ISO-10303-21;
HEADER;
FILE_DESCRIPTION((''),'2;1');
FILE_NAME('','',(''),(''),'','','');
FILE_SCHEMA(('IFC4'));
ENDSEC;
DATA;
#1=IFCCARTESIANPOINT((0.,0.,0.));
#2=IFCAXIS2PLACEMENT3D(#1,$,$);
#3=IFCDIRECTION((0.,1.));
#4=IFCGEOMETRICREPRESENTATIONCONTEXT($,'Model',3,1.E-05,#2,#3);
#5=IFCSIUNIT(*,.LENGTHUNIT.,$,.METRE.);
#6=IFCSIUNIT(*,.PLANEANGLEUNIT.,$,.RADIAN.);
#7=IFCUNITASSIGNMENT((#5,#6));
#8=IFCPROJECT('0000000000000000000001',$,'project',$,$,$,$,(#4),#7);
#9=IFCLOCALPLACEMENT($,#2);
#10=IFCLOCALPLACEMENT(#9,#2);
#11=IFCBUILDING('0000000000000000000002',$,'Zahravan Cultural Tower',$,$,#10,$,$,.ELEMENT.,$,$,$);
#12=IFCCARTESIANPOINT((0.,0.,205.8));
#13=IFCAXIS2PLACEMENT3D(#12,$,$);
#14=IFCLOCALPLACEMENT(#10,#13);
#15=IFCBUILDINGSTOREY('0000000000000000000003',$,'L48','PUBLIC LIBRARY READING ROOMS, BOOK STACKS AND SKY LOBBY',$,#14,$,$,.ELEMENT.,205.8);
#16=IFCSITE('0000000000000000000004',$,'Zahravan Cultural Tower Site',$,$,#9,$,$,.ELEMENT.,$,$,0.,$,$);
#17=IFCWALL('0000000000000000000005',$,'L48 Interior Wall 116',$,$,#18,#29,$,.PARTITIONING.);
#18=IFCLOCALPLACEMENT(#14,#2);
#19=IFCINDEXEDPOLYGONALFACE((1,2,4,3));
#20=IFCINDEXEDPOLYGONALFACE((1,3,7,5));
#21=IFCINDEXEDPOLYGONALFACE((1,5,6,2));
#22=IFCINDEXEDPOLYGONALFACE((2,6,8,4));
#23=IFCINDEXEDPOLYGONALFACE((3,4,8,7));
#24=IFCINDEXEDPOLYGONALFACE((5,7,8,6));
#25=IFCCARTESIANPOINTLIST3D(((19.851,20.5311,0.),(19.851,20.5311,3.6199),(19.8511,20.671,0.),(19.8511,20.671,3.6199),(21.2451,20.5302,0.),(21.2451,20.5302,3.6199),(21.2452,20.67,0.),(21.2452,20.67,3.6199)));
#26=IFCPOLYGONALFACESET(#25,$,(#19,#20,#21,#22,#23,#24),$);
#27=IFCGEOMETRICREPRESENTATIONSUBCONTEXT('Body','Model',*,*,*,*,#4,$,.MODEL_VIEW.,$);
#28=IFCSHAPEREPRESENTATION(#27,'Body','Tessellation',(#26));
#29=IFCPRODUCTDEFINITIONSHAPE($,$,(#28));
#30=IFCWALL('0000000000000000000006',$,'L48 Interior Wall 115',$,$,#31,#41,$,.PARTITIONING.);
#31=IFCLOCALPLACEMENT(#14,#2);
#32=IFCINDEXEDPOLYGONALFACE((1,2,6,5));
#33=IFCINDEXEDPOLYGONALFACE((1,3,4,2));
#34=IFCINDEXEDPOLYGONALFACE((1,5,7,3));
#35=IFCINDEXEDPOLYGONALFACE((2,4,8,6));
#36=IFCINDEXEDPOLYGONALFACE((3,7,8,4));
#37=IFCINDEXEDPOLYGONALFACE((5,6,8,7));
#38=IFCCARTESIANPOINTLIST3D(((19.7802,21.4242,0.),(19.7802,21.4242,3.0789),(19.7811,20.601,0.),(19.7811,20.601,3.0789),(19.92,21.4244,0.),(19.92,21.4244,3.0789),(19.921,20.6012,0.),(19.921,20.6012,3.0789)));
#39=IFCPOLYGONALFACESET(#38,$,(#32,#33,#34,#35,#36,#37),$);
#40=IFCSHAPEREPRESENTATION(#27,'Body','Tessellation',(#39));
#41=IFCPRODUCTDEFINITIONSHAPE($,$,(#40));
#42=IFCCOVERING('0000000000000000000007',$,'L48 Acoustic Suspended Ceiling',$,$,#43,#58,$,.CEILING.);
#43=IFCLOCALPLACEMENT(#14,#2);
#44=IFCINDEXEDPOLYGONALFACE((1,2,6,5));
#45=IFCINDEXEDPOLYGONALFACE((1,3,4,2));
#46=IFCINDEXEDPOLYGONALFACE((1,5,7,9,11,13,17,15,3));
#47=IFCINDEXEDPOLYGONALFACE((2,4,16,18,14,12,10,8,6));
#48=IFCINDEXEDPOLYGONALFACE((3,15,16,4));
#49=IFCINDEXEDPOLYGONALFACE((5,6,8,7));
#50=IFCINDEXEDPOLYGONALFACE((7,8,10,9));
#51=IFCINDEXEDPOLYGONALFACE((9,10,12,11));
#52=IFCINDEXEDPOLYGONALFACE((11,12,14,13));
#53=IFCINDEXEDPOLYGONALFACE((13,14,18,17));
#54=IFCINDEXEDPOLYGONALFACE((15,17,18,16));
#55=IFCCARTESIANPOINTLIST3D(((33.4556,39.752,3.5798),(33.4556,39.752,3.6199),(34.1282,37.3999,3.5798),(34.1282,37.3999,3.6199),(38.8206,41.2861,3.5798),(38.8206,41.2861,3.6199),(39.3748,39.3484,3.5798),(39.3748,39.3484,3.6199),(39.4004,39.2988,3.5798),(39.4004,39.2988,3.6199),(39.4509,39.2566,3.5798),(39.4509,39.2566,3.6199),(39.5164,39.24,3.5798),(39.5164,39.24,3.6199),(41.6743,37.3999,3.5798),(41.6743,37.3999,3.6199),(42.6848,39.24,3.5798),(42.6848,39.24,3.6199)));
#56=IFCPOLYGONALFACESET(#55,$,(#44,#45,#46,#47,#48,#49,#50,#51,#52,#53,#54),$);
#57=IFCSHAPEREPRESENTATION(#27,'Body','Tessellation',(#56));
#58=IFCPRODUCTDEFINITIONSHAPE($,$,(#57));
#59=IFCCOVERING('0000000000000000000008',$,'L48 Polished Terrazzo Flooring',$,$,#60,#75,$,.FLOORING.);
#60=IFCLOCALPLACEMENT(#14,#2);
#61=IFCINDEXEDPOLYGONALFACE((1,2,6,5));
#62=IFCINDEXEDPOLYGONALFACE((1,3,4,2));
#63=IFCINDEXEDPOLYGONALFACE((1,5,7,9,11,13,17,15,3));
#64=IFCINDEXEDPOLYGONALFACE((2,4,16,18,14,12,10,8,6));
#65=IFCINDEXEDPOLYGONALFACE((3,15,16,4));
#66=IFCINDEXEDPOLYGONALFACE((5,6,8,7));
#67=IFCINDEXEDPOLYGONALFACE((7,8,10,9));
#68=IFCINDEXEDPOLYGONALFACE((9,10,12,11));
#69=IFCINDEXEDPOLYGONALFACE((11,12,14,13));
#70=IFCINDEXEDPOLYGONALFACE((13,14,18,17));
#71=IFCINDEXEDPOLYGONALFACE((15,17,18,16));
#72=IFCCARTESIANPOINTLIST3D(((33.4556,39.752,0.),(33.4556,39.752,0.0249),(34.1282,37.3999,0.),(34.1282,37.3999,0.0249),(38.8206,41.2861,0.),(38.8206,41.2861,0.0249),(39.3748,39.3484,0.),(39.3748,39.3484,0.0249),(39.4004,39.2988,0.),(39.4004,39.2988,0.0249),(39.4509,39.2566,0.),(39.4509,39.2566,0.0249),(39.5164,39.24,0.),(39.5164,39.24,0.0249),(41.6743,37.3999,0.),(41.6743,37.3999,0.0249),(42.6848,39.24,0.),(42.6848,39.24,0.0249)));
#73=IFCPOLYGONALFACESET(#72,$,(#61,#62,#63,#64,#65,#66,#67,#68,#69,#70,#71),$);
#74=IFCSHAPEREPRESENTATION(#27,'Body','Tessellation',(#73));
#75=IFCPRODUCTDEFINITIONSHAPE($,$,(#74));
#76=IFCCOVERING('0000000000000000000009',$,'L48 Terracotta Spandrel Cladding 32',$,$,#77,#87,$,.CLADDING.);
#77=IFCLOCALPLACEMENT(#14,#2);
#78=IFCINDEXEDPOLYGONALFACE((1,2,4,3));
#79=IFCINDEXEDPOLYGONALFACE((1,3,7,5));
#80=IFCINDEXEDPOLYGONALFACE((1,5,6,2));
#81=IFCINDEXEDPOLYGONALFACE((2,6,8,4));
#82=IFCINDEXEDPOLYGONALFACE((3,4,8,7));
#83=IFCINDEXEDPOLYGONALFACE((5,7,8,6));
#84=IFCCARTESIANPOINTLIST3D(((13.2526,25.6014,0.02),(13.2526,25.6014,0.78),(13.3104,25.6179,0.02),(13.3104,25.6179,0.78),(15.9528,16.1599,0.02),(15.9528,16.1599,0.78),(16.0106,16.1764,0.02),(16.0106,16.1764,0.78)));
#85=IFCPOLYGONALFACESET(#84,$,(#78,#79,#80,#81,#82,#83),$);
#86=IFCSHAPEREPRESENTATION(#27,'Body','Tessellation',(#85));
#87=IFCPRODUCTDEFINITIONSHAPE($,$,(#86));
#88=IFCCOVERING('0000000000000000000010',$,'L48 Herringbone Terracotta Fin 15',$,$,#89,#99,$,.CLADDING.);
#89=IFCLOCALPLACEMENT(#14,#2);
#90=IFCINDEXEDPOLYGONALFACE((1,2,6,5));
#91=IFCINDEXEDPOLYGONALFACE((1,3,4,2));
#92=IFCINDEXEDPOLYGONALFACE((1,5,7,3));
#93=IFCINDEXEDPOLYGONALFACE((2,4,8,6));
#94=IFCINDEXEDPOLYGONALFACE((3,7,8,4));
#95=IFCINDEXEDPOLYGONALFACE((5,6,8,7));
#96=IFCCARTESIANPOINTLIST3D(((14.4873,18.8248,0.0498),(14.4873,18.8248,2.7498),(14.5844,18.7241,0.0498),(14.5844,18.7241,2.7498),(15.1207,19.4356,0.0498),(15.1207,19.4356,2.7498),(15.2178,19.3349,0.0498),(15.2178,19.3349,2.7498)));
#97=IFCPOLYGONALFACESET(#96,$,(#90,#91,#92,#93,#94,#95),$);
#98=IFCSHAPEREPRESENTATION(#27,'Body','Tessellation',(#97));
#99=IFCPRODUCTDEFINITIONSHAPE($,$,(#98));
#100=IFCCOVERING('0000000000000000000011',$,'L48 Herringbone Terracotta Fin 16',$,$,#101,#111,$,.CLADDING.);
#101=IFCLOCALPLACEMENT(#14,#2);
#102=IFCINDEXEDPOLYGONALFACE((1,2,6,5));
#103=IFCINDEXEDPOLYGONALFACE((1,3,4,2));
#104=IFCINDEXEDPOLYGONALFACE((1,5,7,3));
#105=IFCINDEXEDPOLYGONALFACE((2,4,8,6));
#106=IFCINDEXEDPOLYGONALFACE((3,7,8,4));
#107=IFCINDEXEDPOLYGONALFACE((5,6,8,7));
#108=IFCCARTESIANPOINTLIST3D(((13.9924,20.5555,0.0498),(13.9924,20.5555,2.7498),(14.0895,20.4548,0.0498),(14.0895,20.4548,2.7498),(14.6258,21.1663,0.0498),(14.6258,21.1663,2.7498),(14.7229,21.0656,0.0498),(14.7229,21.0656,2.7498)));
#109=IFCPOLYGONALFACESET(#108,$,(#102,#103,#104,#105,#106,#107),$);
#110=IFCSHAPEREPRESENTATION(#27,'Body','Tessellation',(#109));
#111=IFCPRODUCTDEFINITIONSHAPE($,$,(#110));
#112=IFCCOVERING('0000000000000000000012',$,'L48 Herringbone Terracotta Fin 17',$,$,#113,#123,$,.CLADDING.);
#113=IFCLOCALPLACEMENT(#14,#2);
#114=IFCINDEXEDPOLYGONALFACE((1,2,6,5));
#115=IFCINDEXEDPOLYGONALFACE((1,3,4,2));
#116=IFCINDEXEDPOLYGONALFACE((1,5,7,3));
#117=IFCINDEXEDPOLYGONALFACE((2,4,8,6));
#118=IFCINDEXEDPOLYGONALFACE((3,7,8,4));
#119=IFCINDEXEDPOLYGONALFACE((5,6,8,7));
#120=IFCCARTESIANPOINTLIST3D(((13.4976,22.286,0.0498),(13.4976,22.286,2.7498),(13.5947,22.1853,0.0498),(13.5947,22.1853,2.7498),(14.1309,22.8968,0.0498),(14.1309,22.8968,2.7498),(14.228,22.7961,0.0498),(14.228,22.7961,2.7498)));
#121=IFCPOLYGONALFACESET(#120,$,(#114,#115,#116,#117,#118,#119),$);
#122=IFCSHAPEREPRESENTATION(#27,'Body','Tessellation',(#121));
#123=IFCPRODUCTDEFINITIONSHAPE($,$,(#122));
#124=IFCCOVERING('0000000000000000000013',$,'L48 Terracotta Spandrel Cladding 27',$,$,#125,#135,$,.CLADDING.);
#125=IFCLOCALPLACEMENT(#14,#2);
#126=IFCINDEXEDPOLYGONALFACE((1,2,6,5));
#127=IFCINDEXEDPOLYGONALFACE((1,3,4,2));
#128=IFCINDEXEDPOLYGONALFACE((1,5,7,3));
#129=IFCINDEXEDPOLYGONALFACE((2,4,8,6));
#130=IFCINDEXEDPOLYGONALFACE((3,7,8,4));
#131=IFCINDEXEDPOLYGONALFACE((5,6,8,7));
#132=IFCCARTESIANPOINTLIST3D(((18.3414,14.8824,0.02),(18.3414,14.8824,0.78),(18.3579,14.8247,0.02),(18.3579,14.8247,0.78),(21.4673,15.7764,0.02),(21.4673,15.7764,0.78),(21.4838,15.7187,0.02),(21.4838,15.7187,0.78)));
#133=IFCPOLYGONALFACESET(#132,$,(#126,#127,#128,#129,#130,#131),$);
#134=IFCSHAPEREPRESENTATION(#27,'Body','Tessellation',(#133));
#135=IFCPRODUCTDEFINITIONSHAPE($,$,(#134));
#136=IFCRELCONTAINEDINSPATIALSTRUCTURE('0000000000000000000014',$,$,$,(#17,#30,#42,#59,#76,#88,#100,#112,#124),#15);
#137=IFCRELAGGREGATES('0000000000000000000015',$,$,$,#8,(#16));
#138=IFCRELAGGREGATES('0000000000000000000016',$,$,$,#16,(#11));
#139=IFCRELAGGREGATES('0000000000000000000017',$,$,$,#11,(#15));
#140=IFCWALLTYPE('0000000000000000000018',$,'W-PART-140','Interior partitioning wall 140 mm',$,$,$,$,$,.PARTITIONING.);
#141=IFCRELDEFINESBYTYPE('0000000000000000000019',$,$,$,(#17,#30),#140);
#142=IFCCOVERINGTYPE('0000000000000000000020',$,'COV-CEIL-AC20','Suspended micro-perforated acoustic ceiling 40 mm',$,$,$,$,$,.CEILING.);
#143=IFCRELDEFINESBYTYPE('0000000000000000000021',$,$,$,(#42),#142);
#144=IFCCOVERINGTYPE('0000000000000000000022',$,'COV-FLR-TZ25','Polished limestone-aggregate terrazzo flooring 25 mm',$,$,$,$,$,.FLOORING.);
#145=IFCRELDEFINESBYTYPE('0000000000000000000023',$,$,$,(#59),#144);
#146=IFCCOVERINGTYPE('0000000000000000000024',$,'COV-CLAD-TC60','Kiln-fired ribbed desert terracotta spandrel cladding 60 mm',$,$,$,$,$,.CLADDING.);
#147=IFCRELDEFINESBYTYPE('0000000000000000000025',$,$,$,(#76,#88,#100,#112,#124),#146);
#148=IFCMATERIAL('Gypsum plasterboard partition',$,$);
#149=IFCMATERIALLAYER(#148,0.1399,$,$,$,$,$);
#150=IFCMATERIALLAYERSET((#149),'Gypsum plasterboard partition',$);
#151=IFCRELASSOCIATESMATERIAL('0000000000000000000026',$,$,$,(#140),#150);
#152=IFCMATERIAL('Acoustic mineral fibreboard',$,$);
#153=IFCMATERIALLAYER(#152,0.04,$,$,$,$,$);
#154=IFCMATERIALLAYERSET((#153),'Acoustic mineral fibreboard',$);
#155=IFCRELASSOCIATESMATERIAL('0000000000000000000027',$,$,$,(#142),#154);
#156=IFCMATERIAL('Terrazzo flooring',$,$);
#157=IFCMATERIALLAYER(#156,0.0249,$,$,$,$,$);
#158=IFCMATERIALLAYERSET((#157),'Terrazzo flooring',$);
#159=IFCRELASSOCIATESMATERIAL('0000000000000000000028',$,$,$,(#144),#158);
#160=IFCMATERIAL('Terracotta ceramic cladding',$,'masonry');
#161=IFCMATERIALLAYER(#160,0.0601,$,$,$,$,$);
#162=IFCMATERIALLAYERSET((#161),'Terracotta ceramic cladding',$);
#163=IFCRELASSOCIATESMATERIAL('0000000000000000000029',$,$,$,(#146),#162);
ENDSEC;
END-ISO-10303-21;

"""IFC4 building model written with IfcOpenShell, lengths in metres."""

from ifc_helpers import new_model, si_unit, direction, frame, frame_2d, origin, origin_2d, place, context, subcontext, project, spatial, polyline, rectangle, outline, extrude, source, transform, mapped, material, layer, layer_set, type_object, element, save


model = new_model("IFC4")

# Units and contexts
model_context = context("Model", 3, precision=1e-05, world=origin(), true_north=direction((0.0, 1.0)))
body_context = subcontext(model_context, "Body", "Model", "MODEL_VIEW")
ifc_project = project(units=[si_unit("LENGTHUNIT", "METRE"), si_unit("PLANEANGLEUNIT", "RADIAN")], contexts=[model_context])

# Site, building, storey
site_placement = place(None, origin())
site = spatial("IfcSite", under=ifc_project, at=site_placement, Name="Zahravan Cultural Tower Site", CompositionType="ELEMENT", RefElevation=0.0)
building_placement = place(site_placement, origin())
building = spatial("IfcBuilding", under=site, at=building_placement, Name="Zahravan Cultural Tower", CompositionType="ELEMENT")
storey_placement = place(building_placement, frame((0.0, 0.0, 205.8)))
storey = spatial("IfcBuildingStorey", under=building, at=storey_placement, Name="L48", Description="PUBLIC LIBRARY READING ROOMS, BOOK STACKS AND SKY LOBBY", CompositionType="ELEMENT", Elevation=205.8)

# Shared definitions
ifc_material_1 = material(Name="Gypsum plasterboard partition")
ifc_layer_1 = layer(ifc_material_1, 0.1399)
ifc_layer_set_1 = layer_set([ifc_layer_1], Name="Gypsum plasterboard partition")
wall_type_1 = type_object("IfcWallType", Name="W-PART-140", Description="Interior partitioning wall 140 mm", PredefinedType="PARTITIONING", material=ifc_layer_set_1)

# Walls
shared_shape_1 = source(origin(), body_context, "Body", "SweptSolid", [
    extrude(rectangle(XDim=1.394, YDim=0.1399, at=frame_2d((0.697, 0.0))), origin(), (0.0, 0.0, 1.0), 3.6199),
])
wall_1_placement = place(storey_placement, frame((19.8511, 20.6011, 0.0), z_axis=(0.0, 0.0, 1.0), x_axis=(1.0, -0.000701, 0.0)))
element("IfcWall", 1, at=wall_1_placement, inside=storey, type_object=wall_type_1, Name="L48 Interior Wall 116", PredefinedType="PARTITIONING", context=body_context, shape_type="MappedRepresentation", body=[
    mapped(shared_shape_1, transform((0.0, 0.0, 0.0), x_axis=(1.0, 0.0, 0.0), y_axis=(0.0, 1.0, 0.0), z_axis=(0.0, 0.0, 1.0), scale=1.0)),
])
shared_shape_2 = source(origin(), body_context, "Body", "SweptSolid", [
    extrude(rectangle(XDim=0.8232, YDim=0.1399, at=frame_2d((0.4116, 0.0))), origin(), (0.0, 0.0, 1.0), 3.0789),
])
wall_2_placement = place(storey_placement, frame((19.8501, 21.4243, 0.0), z_axis=(0.0, 0.0, 1.0), x_axis=(0.001186, -0.999999, 0.0)))
element("IfcWall", 2, at=wall_2_placement, inside=storey, type_object=wall_type_1, Name="L48 Interior Wall 115", PredefinedType="PARTITIONING", context=body_context, shape_type="MappedRepresentation", body=[
    mapped(shared_shape_2, transform((0.0, 0.0, 0.0), x_axis=(1.0, 0.0, 0.0), y_axis=(0.0, 1.0, 0.0), z_axis=(0.0, 0.0, 1.0), scale=1.0)),
])

# Coverings
ifc_material_2 = material(Name="Acoustic mineral fibreboard")
ifc_layer_2 = layer(ifc_material_2, 0.04)
ifc_layer_set_2 = layer_set([ifc_layer_2], Name="Acoustic mineral fibreboard")
covering_type_1 = type_object("IfcCoveringType", Name="COV-CEIL-AC20", Description="Suspended micro-perforated acoustic ceiling 40 mm", PredefinedType="CEILING", material=ifc_layer_set_2)
covering_1_placement = place(storey_placement, frame((0.0, 0.0, 3.5798)))
element("IfcCovering", 3, at=covering_1_placement, inside=storey, type_object=covering_type_1, Name="L48 Acoustic Suspended Ceiling", PredefinedType="CEILING", context=body_context, shape_type="SweptSolid", body=[
    extrude(outline(polyline([(42.6848, 39.24), (39.5164, 39.24), (39.4509, 39.2566), (39.4004, 39.2988), (39.3748, 39.3484), (38.8206, 41.2861), (33.4556, 39.752), (34.1282, 37.3999), (41.6743, 37.3999), (42.6848, 39.24)])), origin(), (0.0, 0.0, 1.0), 0.04),
])
ifc_material_3 = material(Name="Terrazzo flooring")
ifc_layer_3 = layer(ifc_material_3, 0.0249)
ifc_layer_set_3 = layer_set([ifc_layer_3], Name="Terrazzo flooring")
covering_type_2 = type_object("IfcCoveringType", Name="COV-FLR-TZ25", Description="Polished limestone-aggregate terrazzo flooring 25 mm", PredefinedType="FLOORING", material=ifc_layer_set_3)
covering_2_placement = place(storey_placement, origin())
element("IfcCovering", 4, at=covering_2_placement, inside=storey, type_object=covering_type_2, Name="L48 Polished Terrazzo Flooring", PredefinedType="FLOORING", context=body_context, shape_type="SweptSolid", body=[
    extrude(outline(polyline([(42.6848, 39.24), (39.5164, 39.24), (39.4509, 39.2566), (39.4004, 39.2988), (39.3748, 39.3484), (38.8206, 41.2861), (33.4556, 39.752), (34.1282, 37.3999), (41.6743, 37.3999), (42.6848, 39.24)])), origin(), (0.0, 0.0, 1.0), 0.0249),
])
ifc_material_4 = material(Name="Terracotta ceramic cladding", Category="masonry")
ifc_layer_4 = layer(ifc_material_4, 0.0601)
ifc_layer_set_4 = layer_set([ifc_layer_4], Name="Terracotta ceramic cladding")
covering_type_3 = type_object("IfcCoveringType", Name="COV-CLAD-TC60", Description="Kiln-fired ribbed desert terracotta spandrel cladding 60 mm", PredefinedType="CLADDING", material=ifc_layer_set_4)
shared_shape_3 = source(origin(), body_context, "Body", "SweptSolid", [
    extrude(rectangle(XDim=9.8201, YDim=0.0601, at=origin_2d()), origin(), (0.0, 0.0, 1.0), 0.76),
])
covering_3_placement = place(storey_placement, frame((14.6316, 20.8889, 0.02), z_axis=(0.0, 0.0, 1.0), x_axis=(-0.274966, 0.961454, 0.0)))
element("IfcCovering", 5, at=covering_3_placement, inside=storey, type_object=covering_type_3, Name="L48 Terracotta Spandrel Cladding 32", PredefinedType="CLADDING", context=body_context, shape_type="MappedRepresentation", body=[
    mapped(shared_shape_3, transform((0.0, 0.0, 0.0), x_axis=(1.0, 0.0, 0.0), y_axis=(0.0, 1.0, 0.0), z_axis=(0.0, 0.0, 1.0), scale=1.0)),
])
shared_shape_4 = source(origin(), body_context, "Body", "SweptSolid", [
    extrude(rectangle(XDim=0.8799, YDim=0.1399, at=origin_2d()), origin(), (0.0, 0.0, 1.0), 2.7),
])
for number, where, z_axis, x_axis, name in (
    (6, (14.8525, 19.0798, 0.0498), (0.0, 0.0, 1.0), (-0.719825, -0.694156, 0.0), "L48 Herringbone Terracotta Fin 15"),
    (7, (14.3577, 20.8105, 0.0498), (0.0, 0.0, 1.0), (-0.719825, -0.694156, 0.0), "L48 Herringbone Terracotta Fin 16"),
    (8, (13.8628, 22.541, 0.0498), (0.0, 0.0, 1.0), (-0.719825, -0.694156, 0.0), "L48 Herringbone Terracotta Fin 17"),
):
    element("IfcCovering", number, at=place(storey_placement, frame(where, z_axis=z_axis, x_axis=x_axis)), inside=storey, type_object=covering_type_3, Name=name, PredefinedType="CLADDING", context=body_context, shape_type="MappedRepresentation", body=[
        mapped(shared_shape_4, transform((0.0, 0.0, 0.0), x_axis=(1.0, 0.0, 0.0), y_axis=(0.0, 1.0, 0.0), z_axis=(0.0, 0.0, 1.0), scale=1.0)),
    ])
shared_shape_5 = source(origin(), body_context, "Body", "SweptSolid", [
    extrude(rectangle(XDim=3.2512, YDim=0.0601, at=origin_2d()), origin(), (0.0, 0.0, 1.0), 0.76),
])
covering_4_placement = place(storey_placement, frame((19.9126, 15.3005, 0.02), z_axis=(0.0, 0.0, 1.0), x_axis=(-0.961449, -0.274983, 0.0)))
element("IfcCovering", 9, at=covering_4_placement, inside=storey, type_object=covering_type_3, Name="L48 Terracotta Spandrel Cladding 27", PredefinedType="CLADDING", context=body_context, shape_type="MappedRepresentation", body=[
    mapped(shared_shape_5, transform((0.0, 0.0, 0.0), x_axis=(1.0, 0.0, 0.0), y_axis=(0.0, 1.0, 0.0), z_axis=(0.0, 0.0, 1.0), scale=1.0)),
])

save(model, "model.ifc")
